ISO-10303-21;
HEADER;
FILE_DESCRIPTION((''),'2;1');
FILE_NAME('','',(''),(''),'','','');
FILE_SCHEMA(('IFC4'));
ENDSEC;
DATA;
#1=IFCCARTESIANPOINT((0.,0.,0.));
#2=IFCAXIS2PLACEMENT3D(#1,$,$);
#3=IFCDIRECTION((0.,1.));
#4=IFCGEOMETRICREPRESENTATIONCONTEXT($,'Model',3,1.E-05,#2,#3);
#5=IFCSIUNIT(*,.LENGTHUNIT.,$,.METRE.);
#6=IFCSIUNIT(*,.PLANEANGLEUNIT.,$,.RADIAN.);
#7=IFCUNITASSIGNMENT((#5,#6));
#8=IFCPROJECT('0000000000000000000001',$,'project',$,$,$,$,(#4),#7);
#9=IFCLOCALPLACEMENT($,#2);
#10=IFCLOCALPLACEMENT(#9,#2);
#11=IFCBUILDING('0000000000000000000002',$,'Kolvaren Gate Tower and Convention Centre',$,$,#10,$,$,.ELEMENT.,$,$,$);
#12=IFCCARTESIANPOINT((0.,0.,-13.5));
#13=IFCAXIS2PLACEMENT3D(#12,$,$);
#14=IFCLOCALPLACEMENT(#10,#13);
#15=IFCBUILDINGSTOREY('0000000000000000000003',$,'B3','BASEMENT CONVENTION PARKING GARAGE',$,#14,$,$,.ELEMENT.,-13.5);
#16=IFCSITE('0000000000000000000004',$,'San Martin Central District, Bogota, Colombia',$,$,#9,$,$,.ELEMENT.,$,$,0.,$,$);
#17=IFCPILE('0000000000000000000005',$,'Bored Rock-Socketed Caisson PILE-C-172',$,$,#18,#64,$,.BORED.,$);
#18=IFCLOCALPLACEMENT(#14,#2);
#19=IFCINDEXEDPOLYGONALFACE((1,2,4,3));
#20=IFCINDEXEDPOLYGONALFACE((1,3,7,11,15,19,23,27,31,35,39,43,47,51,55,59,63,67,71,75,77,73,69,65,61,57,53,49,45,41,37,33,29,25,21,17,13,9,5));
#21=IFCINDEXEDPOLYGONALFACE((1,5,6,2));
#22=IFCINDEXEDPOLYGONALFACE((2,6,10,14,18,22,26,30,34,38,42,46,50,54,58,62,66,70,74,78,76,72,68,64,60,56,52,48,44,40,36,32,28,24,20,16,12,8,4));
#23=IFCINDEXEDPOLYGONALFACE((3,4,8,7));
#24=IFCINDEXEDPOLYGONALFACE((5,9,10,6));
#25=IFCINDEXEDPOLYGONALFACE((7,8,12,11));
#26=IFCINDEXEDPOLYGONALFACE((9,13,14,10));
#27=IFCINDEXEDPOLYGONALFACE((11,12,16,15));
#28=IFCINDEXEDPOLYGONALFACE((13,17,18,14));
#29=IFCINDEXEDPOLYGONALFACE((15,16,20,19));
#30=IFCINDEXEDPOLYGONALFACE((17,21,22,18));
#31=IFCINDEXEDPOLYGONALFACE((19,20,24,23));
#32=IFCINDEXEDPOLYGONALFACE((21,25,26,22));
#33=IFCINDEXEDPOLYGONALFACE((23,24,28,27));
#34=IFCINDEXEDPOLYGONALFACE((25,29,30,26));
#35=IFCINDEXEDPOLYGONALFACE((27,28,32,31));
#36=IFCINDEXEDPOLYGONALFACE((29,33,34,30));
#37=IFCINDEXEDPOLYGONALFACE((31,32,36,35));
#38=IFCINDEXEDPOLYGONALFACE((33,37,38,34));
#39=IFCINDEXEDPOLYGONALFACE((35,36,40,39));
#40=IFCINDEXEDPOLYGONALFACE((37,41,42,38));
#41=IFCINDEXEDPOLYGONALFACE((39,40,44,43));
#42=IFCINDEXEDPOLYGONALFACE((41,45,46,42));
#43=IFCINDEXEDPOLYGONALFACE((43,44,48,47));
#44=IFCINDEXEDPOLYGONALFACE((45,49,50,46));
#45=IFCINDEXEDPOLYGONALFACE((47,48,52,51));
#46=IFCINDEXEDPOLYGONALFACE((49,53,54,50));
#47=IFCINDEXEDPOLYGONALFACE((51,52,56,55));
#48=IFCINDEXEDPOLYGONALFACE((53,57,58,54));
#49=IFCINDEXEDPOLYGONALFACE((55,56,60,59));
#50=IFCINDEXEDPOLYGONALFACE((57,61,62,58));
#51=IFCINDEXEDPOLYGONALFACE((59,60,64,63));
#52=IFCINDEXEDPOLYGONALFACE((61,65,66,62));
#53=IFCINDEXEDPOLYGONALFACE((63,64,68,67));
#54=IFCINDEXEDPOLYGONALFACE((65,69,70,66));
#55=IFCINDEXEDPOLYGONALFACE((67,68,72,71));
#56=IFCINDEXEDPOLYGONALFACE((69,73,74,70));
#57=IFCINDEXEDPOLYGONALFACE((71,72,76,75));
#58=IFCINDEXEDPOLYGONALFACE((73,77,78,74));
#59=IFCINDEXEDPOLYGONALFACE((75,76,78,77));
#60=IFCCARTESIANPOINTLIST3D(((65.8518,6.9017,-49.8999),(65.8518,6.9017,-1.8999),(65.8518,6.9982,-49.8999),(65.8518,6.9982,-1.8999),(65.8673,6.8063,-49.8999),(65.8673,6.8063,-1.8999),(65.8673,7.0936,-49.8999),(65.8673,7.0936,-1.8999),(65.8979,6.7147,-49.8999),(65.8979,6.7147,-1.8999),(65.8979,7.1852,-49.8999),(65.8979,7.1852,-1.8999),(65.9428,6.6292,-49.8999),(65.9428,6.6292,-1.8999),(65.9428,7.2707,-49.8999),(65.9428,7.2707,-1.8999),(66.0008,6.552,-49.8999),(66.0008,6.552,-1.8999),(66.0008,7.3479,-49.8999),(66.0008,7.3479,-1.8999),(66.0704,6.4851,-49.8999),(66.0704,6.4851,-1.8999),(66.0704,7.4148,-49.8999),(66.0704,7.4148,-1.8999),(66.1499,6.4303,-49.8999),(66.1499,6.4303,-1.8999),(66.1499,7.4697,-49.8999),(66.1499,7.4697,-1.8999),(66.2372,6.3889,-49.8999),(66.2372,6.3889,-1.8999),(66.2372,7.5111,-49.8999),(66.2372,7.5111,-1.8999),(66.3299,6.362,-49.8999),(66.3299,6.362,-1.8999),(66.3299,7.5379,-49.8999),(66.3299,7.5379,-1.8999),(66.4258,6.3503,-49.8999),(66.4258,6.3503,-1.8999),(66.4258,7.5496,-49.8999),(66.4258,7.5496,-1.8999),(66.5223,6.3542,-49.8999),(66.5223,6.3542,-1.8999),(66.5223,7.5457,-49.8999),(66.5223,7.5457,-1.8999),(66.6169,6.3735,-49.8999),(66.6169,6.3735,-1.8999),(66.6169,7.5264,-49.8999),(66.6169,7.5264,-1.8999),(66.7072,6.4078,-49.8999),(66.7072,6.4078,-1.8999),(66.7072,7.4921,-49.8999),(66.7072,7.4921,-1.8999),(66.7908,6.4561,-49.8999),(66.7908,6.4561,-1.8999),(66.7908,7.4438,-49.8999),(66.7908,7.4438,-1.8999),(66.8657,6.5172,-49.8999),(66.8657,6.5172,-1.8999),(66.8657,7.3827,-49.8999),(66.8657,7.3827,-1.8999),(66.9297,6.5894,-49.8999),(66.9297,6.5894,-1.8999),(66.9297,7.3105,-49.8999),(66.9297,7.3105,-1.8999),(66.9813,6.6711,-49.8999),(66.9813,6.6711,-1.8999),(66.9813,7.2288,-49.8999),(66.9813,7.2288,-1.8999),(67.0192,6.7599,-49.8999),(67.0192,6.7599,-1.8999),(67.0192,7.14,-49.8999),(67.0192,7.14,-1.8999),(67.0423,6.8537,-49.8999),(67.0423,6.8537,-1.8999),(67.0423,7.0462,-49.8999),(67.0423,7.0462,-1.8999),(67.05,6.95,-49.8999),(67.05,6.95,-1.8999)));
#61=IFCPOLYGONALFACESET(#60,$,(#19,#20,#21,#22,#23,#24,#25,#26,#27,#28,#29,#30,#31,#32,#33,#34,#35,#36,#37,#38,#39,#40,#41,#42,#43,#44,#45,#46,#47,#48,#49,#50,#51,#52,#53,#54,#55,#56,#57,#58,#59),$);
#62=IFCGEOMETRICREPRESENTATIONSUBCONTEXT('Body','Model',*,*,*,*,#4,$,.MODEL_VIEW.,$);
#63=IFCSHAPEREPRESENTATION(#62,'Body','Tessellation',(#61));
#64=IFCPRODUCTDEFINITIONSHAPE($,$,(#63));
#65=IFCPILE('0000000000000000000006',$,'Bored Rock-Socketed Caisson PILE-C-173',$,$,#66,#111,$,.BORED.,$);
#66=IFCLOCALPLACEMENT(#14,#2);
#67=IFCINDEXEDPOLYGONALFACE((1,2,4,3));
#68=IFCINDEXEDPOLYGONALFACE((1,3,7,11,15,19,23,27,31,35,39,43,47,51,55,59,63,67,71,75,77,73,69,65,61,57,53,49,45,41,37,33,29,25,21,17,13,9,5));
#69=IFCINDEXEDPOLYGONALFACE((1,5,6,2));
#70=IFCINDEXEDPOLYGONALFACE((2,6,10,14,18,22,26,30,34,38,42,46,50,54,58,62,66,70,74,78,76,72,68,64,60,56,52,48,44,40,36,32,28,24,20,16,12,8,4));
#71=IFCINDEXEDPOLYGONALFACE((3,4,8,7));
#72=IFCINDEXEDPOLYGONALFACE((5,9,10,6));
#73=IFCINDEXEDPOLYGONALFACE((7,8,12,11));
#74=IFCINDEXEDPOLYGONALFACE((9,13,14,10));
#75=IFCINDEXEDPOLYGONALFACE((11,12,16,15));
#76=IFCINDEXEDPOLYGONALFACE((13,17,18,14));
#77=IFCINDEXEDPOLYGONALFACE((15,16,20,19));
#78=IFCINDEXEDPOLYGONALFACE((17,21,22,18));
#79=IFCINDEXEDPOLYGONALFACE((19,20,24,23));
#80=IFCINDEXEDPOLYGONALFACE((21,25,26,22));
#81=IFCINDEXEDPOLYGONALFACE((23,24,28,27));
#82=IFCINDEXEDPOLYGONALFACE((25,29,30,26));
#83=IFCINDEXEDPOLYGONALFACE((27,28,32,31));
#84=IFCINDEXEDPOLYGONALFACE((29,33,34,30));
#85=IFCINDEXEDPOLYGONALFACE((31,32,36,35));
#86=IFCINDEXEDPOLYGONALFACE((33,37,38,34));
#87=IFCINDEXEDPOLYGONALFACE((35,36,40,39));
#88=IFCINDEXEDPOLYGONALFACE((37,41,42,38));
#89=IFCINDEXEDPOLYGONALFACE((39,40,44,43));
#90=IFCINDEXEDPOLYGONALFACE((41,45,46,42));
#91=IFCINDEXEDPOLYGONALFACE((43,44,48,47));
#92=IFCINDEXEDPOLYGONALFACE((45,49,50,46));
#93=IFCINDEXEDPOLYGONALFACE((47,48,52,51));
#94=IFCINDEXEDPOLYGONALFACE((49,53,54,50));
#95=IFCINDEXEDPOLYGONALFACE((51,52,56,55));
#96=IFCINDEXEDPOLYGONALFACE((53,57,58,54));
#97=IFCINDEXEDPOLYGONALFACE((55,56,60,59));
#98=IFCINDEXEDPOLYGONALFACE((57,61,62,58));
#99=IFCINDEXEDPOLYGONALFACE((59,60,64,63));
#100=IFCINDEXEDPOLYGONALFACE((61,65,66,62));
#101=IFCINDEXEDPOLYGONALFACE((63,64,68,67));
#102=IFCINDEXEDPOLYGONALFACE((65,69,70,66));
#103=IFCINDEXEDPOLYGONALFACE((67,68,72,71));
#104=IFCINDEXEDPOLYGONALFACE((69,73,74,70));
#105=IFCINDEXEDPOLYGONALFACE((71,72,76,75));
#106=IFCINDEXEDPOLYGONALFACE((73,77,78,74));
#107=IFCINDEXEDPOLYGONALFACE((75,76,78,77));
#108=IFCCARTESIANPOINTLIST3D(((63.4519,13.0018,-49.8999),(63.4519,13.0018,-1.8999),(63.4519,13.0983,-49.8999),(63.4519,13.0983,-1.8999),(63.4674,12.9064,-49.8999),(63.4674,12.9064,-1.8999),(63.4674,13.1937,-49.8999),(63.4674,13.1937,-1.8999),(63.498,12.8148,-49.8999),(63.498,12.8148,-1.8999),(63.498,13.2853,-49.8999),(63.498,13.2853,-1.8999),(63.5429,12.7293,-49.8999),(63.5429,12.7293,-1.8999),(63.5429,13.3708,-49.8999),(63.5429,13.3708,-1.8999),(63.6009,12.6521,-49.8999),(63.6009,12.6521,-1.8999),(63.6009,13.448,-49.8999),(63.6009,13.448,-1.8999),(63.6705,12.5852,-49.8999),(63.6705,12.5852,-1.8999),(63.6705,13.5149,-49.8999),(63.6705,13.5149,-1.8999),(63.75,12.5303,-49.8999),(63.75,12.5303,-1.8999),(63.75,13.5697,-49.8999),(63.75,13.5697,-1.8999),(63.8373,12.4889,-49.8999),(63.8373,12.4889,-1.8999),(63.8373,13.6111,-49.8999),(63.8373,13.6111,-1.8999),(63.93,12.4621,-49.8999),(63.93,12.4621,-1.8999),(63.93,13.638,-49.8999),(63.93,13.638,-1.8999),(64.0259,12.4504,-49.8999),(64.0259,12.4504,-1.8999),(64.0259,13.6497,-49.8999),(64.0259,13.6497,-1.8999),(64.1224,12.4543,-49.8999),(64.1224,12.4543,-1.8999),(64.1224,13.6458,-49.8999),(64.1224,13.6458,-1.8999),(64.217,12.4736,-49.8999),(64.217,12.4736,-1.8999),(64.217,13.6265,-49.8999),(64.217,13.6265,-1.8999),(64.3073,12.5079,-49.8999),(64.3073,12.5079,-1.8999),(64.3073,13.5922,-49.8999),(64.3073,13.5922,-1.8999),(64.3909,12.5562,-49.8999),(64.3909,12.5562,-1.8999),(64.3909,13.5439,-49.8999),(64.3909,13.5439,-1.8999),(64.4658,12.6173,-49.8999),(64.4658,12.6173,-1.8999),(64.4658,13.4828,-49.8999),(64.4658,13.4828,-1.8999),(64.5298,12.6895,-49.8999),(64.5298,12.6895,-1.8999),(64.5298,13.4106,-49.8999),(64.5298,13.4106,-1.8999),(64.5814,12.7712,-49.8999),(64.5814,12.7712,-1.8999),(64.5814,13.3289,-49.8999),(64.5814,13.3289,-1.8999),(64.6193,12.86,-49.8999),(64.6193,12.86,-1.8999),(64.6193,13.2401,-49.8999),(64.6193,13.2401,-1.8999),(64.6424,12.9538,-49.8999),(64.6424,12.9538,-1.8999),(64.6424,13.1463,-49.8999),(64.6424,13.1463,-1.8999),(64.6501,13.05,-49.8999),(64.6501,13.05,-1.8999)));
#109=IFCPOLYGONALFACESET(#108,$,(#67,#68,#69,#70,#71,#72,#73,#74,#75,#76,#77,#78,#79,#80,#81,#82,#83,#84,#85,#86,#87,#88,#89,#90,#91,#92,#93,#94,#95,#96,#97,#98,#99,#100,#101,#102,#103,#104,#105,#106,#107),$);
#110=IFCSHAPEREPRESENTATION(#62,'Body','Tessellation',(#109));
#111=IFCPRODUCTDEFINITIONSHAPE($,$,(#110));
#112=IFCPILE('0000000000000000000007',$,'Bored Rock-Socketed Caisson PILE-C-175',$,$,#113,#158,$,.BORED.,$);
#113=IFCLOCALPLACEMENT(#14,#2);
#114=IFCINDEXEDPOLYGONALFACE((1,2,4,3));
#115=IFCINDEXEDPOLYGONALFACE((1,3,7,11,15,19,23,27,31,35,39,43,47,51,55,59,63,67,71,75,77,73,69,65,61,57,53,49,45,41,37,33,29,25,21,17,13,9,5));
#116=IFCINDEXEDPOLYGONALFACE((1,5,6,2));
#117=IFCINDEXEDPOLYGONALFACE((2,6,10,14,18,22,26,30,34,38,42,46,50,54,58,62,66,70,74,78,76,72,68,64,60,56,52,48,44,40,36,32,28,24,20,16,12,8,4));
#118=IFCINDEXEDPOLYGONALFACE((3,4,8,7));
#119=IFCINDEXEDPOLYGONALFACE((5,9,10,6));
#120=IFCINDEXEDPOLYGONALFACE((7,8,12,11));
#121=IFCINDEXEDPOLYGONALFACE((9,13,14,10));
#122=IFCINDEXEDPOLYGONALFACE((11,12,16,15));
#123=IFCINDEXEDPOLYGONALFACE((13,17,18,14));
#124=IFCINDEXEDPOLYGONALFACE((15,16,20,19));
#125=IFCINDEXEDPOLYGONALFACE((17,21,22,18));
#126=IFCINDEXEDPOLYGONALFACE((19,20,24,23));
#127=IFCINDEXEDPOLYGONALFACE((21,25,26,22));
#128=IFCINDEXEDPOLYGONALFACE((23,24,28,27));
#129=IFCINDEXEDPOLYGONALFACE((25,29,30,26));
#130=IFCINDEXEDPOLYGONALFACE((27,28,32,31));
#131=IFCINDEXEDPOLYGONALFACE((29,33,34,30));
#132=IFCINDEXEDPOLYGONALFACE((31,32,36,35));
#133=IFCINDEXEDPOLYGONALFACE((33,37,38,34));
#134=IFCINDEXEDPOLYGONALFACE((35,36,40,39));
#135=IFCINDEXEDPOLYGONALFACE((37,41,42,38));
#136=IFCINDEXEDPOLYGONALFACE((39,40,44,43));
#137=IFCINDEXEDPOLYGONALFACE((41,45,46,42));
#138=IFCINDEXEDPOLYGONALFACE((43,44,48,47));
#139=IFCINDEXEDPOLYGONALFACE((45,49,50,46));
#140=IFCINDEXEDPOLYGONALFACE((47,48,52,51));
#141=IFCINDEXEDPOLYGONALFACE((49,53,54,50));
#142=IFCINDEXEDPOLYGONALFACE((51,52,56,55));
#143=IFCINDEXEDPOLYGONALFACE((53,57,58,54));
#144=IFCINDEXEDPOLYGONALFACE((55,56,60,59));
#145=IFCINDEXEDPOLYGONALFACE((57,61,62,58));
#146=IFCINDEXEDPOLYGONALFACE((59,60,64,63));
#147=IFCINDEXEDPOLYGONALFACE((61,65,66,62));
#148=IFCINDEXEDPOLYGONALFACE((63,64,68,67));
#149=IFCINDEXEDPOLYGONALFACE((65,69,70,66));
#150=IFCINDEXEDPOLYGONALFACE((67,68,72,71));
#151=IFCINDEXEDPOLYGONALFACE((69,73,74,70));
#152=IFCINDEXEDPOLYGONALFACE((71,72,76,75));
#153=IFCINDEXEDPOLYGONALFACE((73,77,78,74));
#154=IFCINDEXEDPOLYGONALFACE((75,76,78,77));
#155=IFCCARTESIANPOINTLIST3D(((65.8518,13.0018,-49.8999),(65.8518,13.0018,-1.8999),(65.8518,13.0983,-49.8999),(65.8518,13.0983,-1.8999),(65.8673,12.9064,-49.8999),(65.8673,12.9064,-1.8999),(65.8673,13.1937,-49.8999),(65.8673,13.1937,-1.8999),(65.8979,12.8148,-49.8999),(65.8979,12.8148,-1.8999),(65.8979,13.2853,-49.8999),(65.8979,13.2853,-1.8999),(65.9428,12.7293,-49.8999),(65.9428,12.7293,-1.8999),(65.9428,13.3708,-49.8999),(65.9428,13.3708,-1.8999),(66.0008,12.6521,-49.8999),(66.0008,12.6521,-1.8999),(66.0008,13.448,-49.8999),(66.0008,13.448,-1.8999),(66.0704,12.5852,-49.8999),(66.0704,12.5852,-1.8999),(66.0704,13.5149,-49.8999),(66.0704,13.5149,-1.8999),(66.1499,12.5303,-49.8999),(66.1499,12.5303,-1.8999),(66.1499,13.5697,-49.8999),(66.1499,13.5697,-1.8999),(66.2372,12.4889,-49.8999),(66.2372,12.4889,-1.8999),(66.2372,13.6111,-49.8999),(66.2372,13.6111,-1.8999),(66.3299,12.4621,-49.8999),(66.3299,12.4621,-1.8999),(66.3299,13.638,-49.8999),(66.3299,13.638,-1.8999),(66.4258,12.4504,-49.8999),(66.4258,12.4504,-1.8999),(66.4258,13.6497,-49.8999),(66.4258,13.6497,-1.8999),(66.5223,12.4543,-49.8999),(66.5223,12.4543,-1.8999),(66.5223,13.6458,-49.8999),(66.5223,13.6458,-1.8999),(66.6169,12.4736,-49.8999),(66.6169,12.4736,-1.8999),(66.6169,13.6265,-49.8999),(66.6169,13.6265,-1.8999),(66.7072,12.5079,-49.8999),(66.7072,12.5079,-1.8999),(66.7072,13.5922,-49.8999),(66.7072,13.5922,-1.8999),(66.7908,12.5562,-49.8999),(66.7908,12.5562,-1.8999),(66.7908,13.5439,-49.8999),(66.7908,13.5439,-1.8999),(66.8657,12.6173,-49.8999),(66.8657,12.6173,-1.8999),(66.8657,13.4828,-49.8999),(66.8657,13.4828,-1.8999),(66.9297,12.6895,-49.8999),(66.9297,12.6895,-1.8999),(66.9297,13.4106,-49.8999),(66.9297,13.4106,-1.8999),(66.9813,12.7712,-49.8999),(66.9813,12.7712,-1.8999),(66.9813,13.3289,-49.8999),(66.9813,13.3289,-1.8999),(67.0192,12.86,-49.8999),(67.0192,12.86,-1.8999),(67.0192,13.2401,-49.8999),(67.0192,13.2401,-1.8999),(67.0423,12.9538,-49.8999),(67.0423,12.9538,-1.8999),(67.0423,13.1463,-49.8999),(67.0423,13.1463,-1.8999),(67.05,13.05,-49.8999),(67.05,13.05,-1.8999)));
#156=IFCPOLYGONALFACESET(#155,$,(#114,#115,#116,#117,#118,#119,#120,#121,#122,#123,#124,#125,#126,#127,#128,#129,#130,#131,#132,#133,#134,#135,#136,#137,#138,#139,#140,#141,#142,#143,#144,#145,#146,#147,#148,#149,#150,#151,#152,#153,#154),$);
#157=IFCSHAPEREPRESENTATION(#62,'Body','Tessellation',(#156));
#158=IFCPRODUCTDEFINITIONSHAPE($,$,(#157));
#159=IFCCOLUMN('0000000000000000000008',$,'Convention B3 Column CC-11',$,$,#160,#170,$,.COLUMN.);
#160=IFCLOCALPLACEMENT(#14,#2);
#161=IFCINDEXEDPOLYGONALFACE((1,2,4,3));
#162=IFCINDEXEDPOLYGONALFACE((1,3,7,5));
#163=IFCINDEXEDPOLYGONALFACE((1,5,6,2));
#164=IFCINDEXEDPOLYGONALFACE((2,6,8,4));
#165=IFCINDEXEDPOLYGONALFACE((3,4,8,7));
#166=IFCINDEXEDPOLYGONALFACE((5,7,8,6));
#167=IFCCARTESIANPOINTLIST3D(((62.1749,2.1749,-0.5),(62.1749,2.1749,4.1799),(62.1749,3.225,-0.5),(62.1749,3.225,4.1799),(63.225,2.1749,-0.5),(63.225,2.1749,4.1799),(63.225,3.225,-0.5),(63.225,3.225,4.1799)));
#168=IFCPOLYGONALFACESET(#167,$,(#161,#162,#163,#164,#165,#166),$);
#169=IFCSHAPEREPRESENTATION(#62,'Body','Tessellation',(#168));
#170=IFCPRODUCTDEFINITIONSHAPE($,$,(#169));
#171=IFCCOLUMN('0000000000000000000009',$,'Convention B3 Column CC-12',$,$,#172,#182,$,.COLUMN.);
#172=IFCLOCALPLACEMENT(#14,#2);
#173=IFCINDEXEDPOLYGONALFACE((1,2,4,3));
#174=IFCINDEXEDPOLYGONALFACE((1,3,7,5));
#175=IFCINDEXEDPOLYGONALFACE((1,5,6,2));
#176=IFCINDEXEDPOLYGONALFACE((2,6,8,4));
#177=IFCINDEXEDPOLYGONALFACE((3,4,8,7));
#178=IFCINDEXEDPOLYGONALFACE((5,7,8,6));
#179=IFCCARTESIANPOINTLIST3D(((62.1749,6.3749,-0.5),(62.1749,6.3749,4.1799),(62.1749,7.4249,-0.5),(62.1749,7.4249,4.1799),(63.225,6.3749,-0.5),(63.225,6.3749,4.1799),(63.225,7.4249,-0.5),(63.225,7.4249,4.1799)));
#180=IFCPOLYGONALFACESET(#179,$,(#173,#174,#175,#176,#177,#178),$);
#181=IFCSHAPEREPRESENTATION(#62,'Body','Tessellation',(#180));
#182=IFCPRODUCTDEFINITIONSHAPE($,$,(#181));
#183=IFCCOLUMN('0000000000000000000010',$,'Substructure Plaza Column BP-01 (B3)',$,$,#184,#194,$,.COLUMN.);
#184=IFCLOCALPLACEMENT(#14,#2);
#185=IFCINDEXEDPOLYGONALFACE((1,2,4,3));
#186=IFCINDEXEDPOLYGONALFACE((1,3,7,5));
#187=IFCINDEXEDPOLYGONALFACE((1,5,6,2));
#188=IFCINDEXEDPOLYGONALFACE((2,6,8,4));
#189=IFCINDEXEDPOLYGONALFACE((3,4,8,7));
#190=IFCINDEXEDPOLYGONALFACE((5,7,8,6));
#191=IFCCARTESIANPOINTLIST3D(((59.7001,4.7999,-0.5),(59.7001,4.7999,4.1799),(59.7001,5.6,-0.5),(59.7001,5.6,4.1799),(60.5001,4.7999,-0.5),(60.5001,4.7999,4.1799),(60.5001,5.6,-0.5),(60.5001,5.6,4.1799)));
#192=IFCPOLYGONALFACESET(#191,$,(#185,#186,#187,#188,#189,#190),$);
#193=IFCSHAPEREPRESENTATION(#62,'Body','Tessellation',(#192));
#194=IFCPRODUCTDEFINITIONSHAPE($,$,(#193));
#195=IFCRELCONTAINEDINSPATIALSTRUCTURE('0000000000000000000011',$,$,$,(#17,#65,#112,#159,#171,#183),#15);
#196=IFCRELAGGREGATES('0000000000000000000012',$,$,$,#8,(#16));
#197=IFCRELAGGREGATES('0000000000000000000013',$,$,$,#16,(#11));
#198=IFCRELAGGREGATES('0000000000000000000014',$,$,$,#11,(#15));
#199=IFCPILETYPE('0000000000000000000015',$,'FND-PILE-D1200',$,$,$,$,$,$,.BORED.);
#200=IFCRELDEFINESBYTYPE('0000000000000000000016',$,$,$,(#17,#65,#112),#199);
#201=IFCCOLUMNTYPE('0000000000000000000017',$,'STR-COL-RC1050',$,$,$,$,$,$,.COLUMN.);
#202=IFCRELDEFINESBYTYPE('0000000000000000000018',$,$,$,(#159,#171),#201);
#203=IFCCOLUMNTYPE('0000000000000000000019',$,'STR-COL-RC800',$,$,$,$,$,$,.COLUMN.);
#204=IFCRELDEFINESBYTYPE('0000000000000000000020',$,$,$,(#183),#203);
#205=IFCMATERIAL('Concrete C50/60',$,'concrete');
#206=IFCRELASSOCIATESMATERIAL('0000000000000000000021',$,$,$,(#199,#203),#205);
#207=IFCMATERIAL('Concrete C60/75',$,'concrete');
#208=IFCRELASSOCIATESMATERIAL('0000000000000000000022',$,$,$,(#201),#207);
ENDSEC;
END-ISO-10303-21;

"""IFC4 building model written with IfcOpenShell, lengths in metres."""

from ifc_helpers import new_model, si_unit, direction, frame, origin, origin_2d, place, context, subcontext, project, spatial, rectangle, circle, extrude, material, material_profile, profile_set, type_object, element, save


model = new_model("IFC4")

# Units and contexts
model_context = context("Model", 3, precision=1e-05, world=origin(), true_north=direction((0.0, 1.0)))
body_context = subcontext(model_context, "Body", "Model", "MODEL_VIEW")
ifc_project = project(units=[si_unit("LENGTHUNIT", "METRE"), si_unit("PLANEANGLEUNIT", "RADIAN")], contexts=[model_context])

# Site, building, storey
site_placement = place(None, origin())
site = spatial("IfcSite", under=ifc_project, at=site_placement, Name="San Martin Central District, Bogota, Colombia", CompositionType="ELEMENT", RefElevation=0.0)
building_placement = place(site_placement, origin())
building = spatial("IfcBuilding", under=site, at=building_placement, Name="Kolvaren Gate Tower and Convention Centre", CompositionType="ELEMENT")
storey_placement = place(building_placement, frame((0.0, 0.0, -13.5)))
storey = spatial("IfcBuildingStorey", under=building, at=storey_placement, Name="B3", Description="BASEMENT CONVENTION PARKING GARAGE", CompositionType="ELEMENT", Elevation=-13.5)

# Shared definitions
ifc_material_1 = material(Name="Concrete C50/60", Category="concrete")
ifc_material_2 = material(Name="Concrete C60/75", Category="concrete")

# Piles
ifc_material_profile_1 = material_profile(ifc_material_1, circle(Radius=0.6001, at=origin_2d()), Name="CAISSON-D1200")
ifc_profile_set_1 = profile_set([ifc_material_profile_1], Name="Concrete C50/60")
pile_type = type_object("IfcPileType", Name="FND-PILE-D1200", PredefinedType="BORED", material=ifc_profile_set_1)
for number, where, z_axis, x_axis, name in (
    (1, (66.45, 6.95, -1.8999), (0.0, 0.0, -1.0), (1.0, 0.0, 0.0), "Bored Rock-Socketed Caisson PILE-C-172"),
    (2, (64.05, 13.05, -1.8999), (0.0, 0.0, -1.0), (1.0, 0.0, 0.0), "Bored Rock-Socketed Caisson PILE-C-173"),
    (3, (66.45, 13.05, -1.8999), (0.0, 0.0, -1.0), (1.0, 0.0, 0.0), "Bored Rock-Socketed Caisson PILE-C-175"),
):
    element("IfcPile", number, at=place(storey_placement, frame(where, z_axis=z_axis, x_axis=x_axis)), inside=storey, type_object=pile_type, Name=name, PredefinedType="BORED", context=body_context, shape_type="SweptSolid", body=[
        extrude(circle(Radius=0.6001, at=origin_2d()), origin(), (0.0, 0.0, 1.0), 48.0),
    ])

# Columns
ifc_material_profile_2 = material_profile(ifc_material_2, rectangle(XDim=1.05, YDim=1.05, at=origin_2d()), Name="RC-COL-1050X1050")
ifc_profile_set_2 = profile_set([ifc_material_profile_2], Name="Concrete C60/75")
column_type_1 = type_object("IfcColumnType", Name="STR-COL-RC1050", PredefinedType="COLUMN", material=ifc_profile_set_2)
for number, where, z_axis, x_axis, name in (
    (4, (62.7, 2.7, -0.5), (0.0, 0.0, 1.0), (1.0, 0.0, 0.0), "Convention B3 Column CC-11"),
    (5, (62.7, 6.8999, -0.5), (0.0, 0.0, 1.0), (1.0, 0.0, 0.0), "Convention B3 Column CC-12"),
):
    element("IfcColumn", number, at=place(storey_placement, frame(where, z_axis=z_axis, x_axis=x_axis)), inside=storey, type_object=column_type_1, Name=name, PredefinedType="COLUMN", context=body_context, shape_type="SweptSolid", body=[
        extrude(rectangle(XDim=1.05, YDim=1.05, at=origin_2d()), origin(), (0.0, 0.0, 1.0), 4.6799),
    ])
ifc_material_profile_3 = material_profile(ifc_material_1, rectangle(XDim=0.8, YDim=0.8, at=origin_2d()), Name="RC-COL-800X800")
ifc_profile_set_3 = profile_set([ifc_material_profile_3], Name="Concrete C50/60")
column_type_2 = type_object("IfcColumnType", Name="STR-COL-RC800", PredefinedType="COLUMN", material=ifc_profile_set_3)
column_placement = place(storey_placement, frame((60.1001, 5.2, -0.5), z_axis=(0.0, 0.0, 1.0), x_axis=(1.0, 0.0, 0.0)))
element("IfcColumn", 6, at=column_placement, inside=storey, type_object=column_type_2, Name="Substructure Plaza Column BP-01 (B3)", PredefinedType="COLUMN", context=body_context, shape_type="SweptSolid", body=[
    extrude(rectangle(XDim=0.8, YDim=0.8, at=origin_2d()), origin(), (0.0, 0.0, 1.0), 4.6799),
])

save(model, "model.ifc")
